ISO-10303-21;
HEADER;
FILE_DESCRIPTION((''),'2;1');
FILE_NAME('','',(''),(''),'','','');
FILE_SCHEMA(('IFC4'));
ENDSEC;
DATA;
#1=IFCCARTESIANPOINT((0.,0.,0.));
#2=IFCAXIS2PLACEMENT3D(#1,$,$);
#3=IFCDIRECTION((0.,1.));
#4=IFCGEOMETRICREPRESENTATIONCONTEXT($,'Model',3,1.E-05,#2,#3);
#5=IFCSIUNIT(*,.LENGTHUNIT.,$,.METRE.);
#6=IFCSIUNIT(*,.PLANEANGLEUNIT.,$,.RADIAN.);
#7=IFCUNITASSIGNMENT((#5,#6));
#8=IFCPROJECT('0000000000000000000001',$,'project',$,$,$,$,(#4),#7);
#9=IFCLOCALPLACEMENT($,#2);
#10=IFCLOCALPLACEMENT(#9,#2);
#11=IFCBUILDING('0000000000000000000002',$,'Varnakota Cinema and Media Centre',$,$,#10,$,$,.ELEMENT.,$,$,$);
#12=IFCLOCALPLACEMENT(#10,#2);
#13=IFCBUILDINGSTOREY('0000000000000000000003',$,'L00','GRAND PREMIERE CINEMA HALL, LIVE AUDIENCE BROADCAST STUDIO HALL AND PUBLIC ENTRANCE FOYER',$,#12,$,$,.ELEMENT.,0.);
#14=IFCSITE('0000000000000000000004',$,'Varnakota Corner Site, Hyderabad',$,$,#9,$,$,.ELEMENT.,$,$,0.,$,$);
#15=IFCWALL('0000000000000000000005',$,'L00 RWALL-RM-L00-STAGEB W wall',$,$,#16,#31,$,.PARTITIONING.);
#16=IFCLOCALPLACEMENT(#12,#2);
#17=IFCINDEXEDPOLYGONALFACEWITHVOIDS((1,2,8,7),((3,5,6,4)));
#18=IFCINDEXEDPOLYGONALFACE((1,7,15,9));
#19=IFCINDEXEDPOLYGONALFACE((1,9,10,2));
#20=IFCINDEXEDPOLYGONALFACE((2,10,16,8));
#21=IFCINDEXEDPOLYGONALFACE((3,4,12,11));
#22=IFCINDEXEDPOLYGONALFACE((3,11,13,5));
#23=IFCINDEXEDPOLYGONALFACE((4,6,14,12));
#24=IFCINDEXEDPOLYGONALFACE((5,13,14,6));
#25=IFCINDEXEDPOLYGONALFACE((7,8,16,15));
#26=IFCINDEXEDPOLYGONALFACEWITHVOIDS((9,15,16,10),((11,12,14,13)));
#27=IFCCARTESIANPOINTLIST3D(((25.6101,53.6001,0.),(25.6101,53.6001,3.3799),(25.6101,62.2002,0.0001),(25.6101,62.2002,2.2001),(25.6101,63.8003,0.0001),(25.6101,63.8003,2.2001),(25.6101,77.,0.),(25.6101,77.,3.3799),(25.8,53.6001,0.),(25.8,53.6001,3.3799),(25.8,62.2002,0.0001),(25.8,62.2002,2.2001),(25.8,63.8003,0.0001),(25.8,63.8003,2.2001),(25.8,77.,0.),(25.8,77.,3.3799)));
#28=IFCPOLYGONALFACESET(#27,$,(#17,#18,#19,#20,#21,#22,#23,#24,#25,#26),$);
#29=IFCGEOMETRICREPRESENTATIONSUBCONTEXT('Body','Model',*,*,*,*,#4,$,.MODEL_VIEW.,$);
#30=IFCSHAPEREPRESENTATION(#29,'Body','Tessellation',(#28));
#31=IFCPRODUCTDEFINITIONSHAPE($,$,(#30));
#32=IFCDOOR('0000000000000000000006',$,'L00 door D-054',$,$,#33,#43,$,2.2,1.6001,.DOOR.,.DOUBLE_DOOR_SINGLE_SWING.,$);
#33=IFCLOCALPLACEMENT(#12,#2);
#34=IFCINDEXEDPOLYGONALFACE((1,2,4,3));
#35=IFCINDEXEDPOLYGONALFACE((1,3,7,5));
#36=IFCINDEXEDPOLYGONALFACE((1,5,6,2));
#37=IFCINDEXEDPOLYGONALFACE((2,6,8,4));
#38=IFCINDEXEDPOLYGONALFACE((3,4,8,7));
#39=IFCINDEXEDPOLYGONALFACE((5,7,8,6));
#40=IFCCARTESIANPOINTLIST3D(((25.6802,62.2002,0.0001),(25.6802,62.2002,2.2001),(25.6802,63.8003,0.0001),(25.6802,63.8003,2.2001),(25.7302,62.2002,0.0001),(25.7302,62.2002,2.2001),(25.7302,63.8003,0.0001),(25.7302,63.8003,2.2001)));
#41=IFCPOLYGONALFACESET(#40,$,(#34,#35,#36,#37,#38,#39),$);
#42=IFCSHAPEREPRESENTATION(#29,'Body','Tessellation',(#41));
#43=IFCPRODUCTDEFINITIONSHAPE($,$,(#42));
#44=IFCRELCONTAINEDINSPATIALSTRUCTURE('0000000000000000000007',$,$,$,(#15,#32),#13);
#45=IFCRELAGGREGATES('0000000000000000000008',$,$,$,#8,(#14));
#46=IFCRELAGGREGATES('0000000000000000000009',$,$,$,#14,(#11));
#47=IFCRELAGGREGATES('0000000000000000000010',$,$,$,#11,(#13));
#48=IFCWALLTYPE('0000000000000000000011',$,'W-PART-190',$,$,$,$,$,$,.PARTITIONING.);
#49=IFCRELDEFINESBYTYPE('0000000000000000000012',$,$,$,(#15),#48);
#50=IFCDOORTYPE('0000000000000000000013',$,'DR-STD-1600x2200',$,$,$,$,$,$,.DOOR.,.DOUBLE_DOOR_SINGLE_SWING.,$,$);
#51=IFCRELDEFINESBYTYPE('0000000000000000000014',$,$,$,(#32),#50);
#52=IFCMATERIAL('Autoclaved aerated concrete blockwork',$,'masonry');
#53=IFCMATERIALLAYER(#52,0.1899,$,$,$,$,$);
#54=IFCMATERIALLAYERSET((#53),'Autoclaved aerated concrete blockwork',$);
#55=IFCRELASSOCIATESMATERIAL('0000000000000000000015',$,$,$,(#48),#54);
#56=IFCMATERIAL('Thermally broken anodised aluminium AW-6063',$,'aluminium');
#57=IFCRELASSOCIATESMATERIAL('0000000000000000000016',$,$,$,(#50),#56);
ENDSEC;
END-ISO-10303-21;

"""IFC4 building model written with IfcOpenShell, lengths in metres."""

from ifc_helpers import new_model, si_unit, direction, frame, frame_2d, origin, place, context, subcontext, project, spatial, rectangle, extrude, material, layer, layer_set, type_object, element, fill, save


model = new_model("IFC4")

# Units and contexts
model_context = context("Model", 3, precision=1e-05, world=origin(), true_north=direction((0.0, 1.0)))
body_context = subcontext(model_context, "Body", "Model", "MODEL_VIEW")
ifc_project = project(units=[si_unit("LENGTHUNIT", "METRE"), si_unit("PLANEANGLEUNIT", "RADIAN")], contexts=[model_context])

# Site, building, storey
site_placement = place(None, origin())
site = spatial("IfcSite", under=ifc_project, at=site_placement, Name="Varnakota Corner Site, Hyderabad", CompositionType="ELEMENT", RefElevation=0.0)
building_placement = place(site_placement, origin())
building = spatial("IfcBuilding", under=site, at=building_placement, Name="Varnakota Cinema and Media Centre", CompositionType="ELEMENT")
storey_placement = place(building_placement, origin())
storey = spatial("IfcBuildingStorey", under=building, at=storey_placement, Name="L00", Description="GRAND PREMIERE CINEMA HALL, LIVE AUDIENCE BROADCAST STUDIO HALL AND PUBLIC ENTRANCE FOYER", CompositionType="ELEMENT", Elevation=0.0)

# Wall, opening, door
ifc_material_1 = material(Name="Autoclaved aerated concrete blockwork", Category="masonry")
ifc_layer_1 = layer(ifc_material_1, 0.1899)
ifc_layer_set_1 = layer_set([ifc_layer_1], Name="Autoclaved aerated concrete blockwork")
wall_type_1 = type_object("IfcWallType", Name="W-PART-190", PredefinedType="PARTITIONING", material=ifc_layer_set_1)
wall_1_placement = place(storey_placement, frame((25.7051, 53.6001, 0.0), z_axis=(0.0, 0.0, 1.0), x_axis=(0.0, 1.0, 0.0)))
wall_1 = element("IfcWall", 1, at=wall_1_placement, inside=storey, type_object=wall_type_1, Name="L00 RWALL-RM-L00-STAGEB W wall", PredefinedType="PARTITIONING", context=body_context, shape_type="SweptSolid", body=[
    extrude(rectangle(XDim=23.3999, YDim=0.1899, at=frame_2d((11.7, 0.0))), origin(), (0.0, 0.0, 1.0), 3.3799),
])
opening_1_placement = place(wall_1_placement, frame((8.6001, 0.0, 0.0)))
opening_1 = element("IfcOpeningElement", 2, at=opening_1_placement, cuts=wall_1, PredefinedType="OPENING", context=body_context, shape_type="SweptSolid", body=[
    extrude(rectangle(XDim=1.6001, YDim=2.2, at=frame_2d((0.8, 1.1001))), frame((0.0, 0.095, 0.0), z_axis=(0.0, -1.0, 0.0), x_axis=(1.0, 0.0, 0.0)), (0.0, 0.0, 1.0), 0.1899),
])
ifc_material_2 = material(Name="Thermally broken anodised aluminium AW-6063", Category="aluminium")
door_type_1 = type_object("IfcDoorType", Name="DR-STD-1600x2200", OperationType="DOUBLE_DOOR_SINGLE_SWING", PredefinedType="DOOR", material=ifc_material_2)
door_1_placement = place(opening_1_placement, origin())
door_1 = element("IfcDoor", 3, at=door_1_placement, inside=storey, type_object=door_type_1, Name="L00 door D-054", OperationType="DOUBLE_DOOR_SINGLE_SWING", OverallHeight=2.2, OverallWidth=1.6001, PredefinedType="DOOR", context=body_context, shape_type="SweptSolid", body=[
    extrude(rectangle(XDim=1.6001, YDim=2.2, at=frame_2d((0.8, 1.1001))), frame((0.0, 0.0249, 0.0), z_axis=(0.0, -1.0, 0.0), x_axis=(1.0, 0.0, 0.0)), (0.0, 0.0, 1.0), 0.05),
])
fill(opening_1, door_1)

save(model, "model.ifc")
